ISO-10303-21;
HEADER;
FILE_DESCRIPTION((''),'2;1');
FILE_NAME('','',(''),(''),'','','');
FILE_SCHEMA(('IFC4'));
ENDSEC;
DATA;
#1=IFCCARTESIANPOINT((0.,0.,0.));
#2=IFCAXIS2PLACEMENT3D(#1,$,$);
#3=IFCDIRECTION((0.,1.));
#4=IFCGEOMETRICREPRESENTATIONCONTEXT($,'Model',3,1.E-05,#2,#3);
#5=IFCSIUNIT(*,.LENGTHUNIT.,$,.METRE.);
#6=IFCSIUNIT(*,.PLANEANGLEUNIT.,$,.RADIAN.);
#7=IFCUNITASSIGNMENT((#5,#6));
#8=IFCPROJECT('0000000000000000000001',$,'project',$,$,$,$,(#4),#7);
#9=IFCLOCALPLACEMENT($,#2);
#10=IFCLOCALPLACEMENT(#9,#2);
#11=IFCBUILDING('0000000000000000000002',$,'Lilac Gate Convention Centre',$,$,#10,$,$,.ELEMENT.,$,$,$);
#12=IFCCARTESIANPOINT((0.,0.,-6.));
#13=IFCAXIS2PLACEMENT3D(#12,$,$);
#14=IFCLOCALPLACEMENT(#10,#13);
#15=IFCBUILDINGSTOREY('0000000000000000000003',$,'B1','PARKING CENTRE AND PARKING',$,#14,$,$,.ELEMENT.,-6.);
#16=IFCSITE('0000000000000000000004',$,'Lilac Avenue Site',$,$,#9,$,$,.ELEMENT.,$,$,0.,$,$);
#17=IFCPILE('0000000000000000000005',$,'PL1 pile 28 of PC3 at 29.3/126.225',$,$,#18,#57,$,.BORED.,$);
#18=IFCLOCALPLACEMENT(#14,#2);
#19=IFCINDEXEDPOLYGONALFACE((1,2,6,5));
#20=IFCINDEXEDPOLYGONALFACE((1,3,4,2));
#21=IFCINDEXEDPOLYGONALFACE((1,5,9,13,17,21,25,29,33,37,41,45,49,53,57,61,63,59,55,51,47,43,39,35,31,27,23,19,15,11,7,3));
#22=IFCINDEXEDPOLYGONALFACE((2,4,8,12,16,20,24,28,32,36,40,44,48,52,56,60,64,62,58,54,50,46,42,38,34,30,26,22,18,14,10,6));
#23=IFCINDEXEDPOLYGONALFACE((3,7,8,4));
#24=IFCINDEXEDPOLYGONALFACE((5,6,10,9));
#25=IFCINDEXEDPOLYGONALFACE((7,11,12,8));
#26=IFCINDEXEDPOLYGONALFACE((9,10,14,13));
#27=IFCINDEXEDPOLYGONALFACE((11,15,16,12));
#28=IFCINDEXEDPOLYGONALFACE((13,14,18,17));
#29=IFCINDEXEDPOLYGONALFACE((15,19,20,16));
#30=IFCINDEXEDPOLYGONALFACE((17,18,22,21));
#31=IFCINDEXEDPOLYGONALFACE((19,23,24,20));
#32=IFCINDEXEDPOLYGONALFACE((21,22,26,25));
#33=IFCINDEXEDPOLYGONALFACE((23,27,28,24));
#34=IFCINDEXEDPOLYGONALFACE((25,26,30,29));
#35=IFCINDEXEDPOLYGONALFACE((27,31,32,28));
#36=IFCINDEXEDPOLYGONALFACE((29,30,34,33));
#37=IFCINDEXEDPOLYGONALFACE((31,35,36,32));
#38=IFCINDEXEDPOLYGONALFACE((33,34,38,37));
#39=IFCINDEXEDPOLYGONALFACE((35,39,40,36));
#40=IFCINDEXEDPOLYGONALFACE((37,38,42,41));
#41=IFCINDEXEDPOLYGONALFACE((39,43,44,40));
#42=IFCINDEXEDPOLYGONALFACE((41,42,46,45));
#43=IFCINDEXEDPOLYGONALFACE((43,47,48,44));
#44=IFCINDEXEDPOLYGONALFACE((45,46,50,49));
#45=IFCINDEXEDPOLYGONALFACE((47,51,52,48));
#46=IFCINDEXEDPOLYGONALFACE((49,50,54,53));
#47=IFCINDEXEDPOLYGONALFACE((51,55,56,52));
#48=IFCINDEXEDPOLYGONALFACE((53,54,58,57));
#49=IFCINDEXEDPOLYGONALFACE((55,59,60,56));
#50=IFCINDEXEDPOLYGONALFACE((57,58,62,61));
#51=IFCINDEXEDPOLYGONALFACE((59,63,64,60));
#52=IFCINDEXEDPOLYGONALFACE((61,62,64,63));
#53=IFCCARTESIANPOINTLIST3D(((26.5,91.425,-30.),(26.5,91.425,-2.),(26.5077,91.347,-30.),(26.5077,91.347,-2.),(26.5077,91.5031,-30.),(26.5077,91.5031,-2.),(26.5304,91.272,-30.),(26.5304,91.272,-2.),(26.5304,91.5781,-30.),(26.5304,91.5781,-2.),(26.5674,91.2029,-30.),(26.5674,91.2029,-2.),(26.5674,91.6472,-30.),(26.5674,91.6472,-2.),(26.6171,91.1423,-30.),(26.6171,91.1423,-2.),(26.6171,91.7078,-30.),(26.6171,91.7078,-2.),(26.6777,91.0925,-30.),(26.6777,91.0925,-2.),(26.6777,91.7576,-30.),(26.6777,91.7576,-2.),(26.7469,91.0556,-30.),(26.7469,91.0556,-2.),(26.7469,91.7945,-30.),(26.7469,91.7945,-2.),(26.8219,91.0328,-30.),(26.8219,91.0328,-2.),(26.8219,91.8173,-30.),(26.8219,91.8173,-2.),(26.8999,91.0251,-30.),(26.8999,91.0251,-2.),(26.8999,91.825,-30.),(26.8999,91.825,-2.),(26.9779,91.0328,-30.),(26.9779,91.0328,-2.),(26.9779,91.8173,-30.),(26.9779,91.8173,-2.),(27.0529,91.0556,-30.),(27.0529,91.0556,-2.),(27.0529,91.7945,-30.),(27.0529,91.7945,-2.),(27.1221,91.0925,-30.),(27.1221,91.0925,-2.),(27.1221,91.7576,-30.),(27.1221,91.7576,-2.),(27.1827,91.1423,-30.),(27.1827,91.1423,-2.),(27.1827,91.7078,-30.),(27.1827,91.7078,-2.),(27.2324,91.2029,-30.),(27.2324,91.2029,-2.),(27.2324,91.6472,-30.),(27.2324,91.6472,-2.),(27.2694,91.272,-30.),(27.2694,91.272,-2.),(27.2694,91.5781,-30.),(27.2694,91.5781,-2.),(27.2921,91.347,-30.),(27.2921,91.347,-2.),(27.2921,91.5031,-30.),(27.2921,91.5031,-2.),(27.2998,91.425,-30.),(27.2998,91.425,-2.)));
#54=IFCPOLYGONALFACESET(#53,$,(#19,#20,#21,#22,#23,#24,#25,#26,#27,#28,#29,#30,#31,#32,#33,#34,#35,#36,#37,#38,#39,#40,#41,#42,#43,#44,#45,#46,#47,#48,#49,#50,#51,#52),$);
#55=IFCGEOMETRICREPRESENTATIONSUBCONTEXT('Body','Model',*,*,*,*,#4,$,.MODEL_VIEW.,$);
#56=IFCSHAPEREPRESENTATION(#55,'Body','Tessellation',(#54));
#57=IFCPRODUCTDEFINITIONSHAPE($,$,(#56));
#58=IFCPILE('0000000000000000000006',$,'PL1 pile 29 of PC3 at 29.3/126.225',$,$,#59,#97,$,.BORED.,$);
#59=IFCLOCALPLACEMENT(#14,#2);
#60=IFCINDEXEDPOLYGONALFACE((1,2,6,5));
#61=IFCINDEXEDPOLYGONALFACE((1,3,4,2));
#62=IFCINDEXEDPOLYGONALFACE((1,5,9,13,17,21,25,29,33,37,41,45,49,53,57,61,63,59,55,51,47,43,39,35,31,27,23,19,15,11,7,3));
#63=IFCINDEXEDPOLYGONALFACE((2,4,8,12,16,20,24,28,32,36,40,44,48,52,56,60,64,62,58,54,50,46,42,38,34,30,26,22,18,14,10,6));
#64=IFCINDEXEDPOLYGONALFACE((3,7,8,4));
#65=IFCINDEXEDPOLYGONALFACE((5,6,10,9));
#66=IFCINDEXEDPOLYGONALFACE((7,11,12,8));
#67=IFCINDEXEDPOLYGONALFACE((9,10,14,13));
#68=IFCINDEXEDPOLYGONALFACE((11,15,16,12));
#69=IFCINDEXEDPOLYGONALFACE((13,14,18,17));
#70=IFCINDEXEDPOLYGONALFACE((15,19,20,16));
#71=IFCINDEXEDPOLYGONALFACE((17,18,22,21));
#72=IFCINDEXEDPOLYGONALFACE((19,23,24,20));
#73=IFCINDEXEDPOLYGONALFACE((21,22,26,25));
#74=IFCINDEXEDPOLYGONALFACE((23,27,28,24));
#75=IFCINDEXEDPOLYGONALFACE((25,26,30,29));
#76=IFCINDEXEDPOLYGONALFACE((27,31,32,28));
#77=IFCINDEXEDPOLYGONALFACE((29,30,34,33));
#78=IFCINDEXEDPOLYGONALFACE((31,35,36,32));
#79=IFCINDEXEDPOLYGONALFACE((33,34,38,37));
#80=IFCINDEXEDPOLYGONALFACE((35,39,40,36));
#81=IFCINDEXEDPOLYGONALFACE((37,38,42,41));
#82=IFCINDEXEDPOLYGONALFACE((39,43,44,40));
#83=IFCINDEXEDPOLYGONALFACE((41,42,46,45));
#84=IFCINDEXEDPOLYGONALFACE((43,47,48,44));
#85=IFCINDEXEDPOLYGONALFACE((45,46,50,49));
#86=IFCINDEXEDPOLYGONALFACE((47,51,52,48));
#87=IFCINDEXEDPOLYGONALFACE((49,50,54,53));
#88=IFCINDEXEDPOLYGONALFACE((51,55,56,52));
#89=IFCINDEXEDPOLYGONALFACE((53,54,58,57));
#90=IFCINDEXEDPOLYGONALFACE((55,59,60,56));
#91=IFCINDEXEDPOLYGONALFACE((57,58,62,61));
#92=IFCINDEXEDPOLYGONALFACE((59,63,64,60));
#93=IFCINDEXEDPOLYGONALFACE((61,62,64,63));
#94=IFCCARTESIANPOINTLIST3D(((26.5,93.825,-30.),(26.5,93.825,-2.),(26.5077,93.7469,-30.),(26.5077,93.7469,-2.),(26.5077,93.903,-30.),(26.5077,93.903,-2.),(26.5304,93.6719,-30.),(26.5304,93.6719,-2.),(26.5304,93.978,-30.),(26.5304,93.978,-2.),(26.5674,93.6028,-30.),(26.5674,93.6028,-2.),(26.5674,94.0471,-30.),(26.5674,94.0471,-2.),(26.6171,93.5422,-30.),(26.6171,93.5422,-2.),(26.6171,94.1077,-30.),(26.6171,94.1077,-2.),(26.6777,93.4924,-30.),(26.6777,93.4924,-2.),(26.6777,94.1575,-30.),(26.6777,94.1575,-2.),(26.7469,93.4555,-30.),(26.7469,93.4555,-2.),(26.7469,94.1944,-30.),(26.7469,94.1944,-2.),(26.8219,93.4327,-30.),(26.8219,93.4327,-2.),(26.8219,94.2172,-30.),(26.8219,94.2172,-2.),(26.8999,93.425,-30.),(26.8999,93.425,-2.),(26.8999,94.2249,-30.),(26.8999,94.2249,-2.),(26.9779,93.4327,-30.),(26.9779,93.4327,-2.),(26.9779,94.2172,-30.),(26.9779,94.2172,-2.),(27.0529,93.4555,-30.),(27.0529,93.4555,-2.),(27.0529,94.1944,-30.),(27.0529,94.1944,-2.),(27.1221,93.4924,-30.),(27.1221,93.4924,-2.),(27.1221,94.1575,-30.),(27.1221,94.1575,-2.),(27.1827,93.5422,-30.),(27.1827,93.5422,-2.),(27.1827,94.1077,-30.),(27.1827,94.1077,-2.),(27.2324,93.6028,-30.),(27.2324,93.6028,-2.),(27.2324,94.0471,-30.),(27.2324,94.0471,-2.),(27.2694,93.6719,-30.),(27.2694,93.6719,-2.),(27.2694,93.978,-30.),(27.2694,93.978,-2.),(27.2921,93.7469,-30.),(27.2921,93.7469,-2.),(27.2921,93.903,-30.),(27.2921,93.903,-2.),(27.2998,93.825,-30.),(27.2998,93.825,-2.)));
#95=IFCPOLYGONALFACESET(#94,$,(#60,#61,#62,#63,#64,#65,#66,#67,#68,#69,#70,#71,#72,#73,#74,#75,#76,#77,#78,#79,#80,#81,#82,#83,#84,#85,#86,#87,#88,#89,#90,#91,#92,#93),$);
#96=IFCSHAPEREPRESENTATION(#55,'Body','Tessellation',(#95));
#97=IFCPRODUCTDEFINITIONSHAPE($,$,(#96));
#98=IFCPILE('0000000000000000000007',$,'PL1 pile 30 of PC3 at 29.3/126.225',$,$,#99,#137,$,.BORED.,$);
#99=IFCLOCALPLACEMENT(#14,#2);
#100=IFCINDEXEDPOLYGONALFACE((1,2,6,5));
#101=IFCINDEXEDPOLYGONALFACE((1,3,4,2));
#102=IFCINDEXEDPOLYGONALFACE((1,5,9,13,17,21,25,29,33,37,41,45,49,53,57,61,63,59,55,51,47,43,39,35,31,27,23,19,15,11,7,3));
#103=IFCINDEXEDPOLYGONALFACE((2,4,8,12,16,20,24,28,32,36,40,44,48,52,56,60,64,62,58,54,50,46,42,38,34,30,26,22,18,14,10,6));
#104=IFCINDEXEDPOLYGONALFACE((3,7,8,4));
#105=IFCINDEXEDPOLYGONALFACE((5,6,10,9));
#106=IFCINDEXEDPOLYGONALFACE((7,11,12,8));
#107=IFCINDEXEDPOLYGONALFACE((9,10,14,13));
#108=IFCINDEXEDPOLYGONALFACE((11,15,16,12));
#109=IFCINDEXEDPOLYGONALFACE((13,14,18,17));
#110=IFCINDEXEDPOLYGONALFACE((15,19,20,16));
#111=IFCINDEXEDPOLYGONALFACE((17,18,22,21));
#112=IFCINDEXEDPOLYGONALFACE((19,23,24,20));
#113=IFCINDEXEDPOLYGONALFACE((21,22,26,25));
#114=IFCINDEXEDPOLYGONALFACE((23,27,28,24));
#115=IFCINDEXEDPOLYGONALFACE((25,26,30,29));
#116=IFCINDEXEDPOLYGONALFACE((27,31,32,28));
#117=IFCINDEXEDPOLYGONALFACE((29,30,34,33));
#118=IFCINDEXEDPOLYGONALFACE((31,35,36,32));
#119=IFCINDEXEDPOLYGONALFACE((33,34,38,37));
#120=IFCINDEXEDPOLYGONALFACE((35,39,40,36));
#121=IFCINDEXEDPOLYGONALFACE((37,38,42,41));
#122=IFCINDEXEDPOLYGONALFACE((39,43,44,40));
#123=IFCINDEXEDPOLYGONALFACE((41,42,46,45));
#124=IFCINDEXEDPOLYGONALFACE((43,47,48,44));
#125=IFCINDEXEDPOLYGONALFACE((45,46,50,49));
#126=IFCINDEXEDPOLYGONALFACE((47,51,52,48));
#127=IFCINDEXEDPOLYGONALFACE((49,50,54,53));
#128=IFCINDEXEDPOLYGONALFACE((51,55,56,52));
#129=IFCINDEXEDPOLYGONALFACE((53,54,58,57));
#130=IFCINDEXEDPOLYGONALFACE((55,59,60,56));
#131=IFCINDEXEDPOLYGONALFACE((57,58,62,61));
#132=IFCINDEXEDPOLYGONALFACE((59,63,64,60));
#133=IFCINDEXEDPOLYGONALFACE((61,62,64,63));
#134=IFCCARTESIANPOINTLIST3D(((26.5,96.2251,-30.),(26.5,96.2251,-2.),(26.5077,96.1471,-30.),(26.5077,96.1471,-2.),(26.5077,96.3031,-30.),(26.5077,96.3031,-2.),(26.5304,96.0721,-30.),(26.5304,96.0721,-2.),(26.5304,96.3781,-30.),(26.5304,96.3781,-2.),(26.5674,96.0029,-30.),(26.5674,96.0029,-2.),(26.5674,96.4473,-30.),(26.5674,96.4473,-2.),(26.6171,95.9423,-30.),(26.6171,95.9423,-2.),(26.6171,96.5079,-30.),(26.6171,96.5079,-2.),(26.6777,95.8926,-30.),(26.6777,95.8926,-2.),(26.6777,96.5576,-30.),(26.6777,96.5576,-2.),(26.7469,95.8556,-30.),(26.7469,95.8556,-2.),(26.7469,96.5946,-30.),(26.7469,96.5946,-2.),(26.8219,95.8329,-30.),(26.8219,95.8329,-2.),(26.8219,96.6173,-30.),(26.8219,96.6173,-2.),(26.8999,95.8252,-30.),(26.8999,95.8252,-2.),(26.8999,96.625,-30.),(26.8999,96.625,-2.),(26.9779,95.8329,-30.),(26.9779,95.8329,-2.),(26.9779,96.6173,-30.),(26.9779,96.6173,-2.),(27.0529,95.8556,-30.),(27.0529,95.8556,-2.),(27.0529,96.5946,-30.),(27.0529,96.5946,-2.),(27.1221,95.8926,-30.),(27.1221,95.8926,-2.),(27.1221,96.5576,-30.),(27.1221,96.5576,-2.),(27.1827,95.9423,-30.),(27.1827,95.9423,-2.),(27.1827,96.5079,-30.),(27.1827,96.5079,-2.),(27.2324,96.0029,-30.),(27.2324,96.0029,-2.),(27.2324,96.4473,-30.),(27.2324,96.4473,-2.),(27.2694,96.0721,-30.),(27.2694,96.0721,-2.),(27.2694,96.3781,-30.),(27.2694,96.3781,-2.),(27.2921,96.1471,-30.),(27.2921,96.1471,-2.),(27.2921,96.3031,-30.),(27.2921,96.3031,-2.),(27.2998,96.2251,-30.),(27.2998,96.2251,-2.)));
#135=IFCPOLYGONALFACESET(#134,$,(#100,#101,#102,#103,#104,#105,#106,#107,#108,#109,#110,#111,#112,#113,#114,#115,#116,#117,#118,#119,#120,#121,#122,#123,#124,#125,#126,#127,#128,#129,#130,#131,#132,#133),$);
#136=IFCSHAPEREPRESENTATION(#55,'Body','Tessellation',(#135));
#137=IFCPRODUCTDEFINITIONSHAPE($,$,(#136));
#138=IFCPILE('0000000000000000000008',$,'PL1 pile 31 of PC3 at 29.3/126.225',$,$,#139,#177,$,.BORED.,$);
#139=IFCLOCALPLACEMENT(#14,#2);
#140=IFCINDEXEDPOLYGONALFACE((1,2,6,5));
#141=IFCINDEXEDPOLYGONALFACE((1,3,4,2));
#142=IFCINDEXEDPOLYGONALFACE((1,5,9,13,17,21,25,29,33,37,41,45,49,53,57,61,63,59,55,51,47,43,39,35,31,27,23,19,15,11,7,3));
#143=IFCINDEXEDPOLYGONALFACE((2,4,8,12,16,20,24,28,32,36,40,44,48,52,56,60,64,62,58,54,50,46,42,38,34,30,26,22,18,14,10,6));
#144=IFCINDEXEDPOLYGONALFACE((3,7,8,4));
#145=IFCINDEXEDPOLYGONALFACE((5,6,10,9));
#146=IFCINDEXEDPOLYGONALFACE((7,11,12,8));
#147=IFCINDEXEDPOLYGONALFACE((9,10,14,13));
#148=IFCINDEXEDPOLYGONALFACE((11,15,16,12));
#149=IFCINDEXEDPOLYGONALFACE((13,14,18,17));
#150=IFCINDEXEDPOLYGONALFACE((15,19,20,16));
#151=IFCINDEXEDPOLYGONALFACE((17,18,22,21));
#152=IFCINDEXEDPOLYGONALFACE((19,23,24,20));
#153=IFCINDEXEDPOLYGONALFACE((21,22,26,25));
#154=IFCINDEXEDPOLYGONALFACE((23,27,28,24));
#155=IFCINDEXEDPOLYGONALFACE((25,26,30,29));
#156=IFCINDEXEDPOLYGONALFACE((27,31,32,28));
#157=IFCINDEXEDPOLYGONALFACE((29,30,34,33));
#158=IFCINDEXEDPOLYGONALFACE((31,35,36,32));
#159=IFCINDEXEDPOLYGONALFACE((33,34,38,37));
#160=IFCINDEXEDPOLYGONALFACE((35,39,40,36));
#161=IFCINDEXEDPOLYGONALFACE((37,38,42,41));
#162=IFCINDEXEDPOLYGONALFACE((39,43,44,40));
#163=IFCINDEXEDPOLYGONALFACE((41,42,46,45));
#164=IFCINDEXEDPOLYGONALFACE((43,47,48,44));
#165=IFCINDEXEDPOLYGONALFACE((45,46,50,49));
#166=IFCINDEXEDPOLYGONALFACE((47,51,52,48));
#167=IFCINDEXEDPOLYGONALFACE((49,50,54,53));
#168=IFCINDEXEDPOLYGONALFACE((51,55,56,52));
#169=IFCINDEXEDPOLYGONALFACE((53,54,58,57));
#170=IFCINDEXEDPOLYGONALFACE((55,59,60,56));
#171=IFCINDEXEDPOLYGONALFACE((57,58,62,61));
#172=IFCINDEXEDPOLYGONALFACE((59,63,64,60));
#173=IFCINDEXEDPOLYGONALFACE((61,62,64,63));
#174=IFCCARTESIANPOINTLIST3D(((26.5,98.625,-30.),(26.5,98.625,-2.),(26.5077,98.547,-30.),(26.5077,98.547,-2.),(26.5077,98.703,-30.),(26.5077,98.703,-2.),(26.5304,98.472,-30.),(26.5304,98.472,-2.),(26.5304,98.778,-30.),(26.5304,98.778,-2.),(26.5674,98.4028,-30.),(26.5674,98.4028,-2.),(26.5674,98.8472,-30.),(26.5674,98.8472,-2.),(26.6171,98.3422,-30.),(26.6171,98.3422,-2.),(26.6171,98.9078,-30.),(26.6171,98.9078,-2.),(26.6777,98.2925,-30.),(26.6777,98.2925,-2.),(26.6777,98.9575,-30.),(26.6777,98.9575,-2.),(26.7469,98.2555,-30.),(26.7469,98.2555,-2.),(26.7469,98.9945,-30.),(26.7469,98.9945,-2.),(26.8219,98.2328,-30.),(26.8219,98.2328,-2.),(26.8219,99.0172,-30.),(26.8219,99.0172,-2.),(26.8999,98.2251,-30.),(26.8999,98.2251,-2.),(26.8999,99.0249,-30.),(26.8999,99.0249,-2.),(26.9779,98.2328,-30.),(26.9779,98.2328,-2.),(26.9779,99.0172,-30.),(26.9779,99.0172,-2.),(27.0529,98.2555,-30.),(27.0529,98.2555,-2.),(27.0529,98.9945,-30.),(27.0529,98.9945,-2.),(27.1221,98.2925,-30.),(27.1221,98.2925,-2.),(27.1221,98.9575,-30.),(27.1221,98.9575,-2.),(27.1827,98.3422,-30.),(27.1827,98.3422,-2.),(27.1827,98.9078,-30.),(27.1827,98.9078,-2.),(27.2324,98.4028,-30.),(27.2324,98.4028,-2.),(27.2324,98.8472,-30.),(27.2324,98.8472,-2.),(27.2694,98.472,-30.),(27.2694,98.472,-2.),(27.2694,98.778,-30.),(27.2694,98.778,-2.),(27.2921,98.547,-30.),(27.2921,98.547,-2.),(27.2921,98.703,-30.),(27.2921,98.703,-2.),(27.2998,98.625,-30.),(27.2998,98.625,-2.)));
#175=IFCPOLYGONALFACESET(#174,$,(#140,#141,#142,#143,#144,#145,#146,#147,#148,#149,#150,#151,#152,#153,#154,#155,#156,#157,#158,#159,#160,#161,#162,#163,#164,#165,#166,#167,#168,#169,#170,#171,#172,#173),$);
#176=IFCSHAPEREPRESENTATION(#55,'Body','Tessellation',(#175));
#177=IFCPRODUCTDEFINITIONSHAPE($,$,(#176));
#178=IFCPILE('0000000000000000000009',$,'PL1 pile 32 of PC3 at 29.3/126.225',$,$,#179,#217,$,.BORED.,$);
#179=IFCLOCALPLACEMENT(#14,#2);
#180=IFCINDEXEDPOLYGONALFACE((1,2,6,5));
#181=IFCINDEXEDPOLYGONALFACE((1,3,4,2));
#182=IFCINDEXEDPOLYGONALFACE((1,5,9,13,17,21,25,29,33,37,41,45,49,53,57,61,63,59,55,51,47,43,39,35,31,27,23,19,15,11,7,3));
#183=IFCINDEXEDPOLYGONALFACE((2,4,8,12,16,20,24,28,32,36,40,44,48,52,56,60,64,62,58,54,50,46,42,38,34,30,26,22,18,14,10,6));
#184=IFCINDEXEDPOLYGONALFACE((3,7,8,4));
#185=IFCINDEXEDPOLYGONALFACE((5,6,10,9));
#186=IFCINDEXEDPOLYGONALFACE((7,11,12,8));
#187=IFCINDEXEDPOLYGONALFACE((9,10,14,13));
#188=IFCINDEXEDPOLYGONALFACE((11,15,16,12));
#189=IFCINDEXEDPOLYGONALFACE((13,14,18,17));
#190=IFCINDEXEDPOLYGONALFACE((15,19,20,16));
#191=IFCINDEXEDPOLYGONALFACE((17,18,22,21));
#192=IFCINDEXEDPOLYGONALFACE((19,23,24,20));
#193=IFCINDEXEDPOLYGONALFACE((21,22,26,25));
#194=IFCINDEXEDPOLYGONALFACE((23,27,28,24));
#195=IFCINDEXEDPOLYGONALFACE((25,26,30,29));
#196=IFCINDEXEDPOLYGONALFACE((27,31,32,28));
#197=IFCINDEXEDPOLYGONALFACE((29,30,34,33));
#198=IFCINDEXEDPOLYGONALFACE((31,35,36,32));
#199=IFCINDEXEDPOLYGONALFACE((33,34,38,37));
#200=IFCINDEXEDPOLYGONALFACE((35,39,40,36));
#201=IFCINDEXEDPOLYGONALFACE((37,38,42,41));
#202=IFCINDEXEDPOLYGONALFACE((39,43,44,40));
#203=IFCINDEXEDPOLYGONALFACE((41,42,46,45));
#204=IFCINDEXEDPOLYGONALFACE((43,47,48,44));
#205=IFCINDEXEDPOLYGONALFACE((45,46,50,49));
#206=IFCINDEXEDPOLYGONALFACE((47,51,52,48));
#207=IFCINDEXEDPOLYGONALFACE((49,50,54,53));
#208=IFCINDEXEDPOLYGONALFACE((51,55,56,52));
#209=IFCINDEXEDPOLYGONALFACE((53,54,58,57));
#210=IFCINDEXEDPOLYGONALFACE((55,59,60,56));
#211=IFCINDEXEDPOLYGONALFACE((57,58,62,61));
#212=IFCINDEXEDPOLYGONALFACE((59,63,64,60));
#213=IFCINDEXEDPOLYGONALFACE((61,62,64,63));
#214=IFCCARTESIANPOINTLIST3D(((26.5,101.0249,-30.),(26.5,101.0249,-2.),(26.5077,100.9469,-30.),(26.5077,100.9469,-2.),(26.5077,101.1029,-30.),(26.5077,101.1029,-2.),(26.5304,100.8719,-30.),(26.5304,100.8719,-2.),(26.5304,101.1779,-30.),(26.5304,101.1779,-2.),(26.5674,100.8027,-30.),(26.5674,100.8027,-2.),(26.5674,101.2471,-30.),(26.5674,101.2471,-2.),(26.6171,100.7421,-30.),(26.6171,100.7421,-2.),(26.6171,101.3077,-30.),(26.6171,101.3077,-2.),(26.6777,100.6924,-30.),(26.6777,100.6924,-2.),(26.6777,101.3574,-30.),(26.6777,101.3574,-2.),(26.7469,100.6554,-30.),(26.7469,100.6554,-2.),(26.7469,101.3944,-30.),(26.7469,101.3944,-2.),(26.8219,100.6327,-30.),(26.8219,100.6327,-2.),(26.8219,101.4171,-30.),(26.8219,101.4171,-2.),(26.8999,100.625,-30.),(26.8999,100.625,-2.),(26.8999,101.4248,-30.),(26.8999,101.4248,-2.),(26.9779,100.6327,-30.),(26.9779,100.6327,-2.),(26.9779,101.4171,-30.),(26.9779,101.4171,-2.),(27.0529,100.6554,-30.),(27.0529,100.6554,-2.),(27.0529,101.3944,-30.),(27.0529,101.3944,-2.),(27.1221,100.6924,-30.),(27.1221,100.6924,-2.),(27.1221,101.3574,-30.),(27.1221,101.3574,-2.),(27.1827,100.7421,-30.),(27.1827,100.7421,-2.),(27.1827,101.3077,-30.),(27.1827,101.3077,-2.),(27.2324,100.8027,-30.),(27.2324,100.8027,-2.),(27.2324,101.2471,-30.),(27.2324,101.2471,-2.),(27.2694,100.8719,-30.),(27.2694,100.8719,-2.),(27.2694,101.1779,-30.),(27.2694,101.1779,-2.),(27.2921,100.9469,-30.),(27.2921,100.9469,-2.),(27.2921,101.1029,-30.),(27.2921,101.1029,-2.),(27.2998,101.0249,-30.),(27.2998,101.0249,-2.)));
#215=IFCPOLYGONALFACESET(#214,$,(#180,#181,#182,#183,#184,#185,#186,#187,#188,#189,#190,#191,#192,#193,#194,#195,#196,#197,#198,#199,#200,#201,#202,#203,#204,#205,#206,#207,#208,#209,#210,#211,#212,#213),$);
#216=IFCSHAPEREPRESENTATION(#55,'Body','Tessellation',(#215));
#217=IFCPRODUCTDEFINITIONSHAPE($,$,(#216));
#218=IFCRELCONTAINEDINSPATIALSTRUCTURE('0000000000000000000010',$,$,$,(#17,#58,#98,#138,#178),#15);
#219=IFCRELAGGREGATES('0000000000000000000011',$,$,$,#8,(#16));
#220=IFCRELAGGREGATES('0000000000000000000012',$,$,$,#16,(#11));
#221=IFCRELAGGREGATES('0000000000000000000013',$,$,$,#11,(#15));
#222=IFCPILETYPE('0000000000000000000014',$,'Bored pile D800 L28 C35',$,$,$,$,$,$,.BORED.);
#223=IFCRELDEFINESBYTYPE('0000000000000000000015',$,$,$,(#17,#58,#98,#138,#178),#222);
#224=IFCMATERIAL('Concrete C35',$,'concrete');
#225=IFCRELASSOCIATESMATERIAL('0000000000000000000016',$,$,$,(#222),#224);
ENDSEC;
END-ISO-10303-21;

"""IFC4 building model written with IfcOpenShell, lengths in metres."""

from ifc_helpers import new_model, si_unit, direction, frame, origin, origin_2d, place, context, subcontext, project, spatial, circle, extrude, material, material_profile, profile_set, type_object, element, save


model = new_model("IFC4")

# Units and contexts
model_context = context("Model", 3, precision=1e-05, world=origin(), true_north=direction((0.0, 1.0)))
body_context = subcontext(model_context, "Body", "Model", "MODEL_VIEW")
ifc_project = project(units=[si_unit("LENGTHUNIT", "METRE"), si_unit("PLANEANGLEUNIT", "RADIAN")], contexts=[model_context])

# Site, building, storey
site_placement = place(None, origin())
site = spatial("IfcSite", under=ifc_project, at=site_placement, Name="Lilac Avenue Site", CompositionType="ELEMENT", RefElevation=0.0)
building_placement = place(site_placement, origin())
building = spatial("IfcBuilding", under=site, at=building_placement, Name="Lilac Gate Convention Centre", CompositionType="ELEMENT")
storey_placement = place(building_placement, frame((0.0, 0.0, -6.0)))
storey = spatial("IfcBuildingStorey", under=building, at=storey_placement, Name="B1", Description="PARKING CENTRE AND PARKING", CompositionType="ELEMENT", Elevation=-6.0)

# Piles
ifc_material_1 = material(Name="Concrete C35", Category="concrete")
ifc_material_profile_1 = material_profile(ifc_material_1, circle(Radius=0.3999, at=origin_2d()), Name="D800")
ifc_profile_set_1 = profile_set([ifc_material_profile_1], Name="Concrete C35")
pile_type = type_object("IfcPileType", Name="Bored pile D800 L28 C35", PredefinedType="BORED", material=ifc_profile_set_1)
for number, where, z_axis, x_axis, name in (
    (1, (26.8999, 91.425, -2.0), (0.0, 0.0, -1.0), (1.0, 0.0, 0.0), "PL1 pile 28 of PC3 at 29.3/126.225"),
    (2, (26.8999, 93.825, -2.0), (0.0, 0.0, -1.0), (1.0, 0.0, 0.0), "PL1 pile 29 of PC3 at 29.3/126.225"),
    (3, (26.8999, 96.2251, -2.0), (0.0, 0.0, -1.0), (1.0, 0.0, 0.0), "PL1 pile 30 of PC3 at 29.3/126.225"),
    (4, (26.8999, 98.625, -2.0), (0.0, 0.0, -1.0), (1.0, 0.0, 0.0), "PL1 pile 31 of PC3 at 29.3/126.225"),
    (5, (26.8999, 101.0249, -2.0), (0.0, 0.0, -1.0), (1.0, 0.0, 0.0), "PL1 pile 32 of PC3 at 29.3/126.225"),
):
    element("IfcPile", number, at=place(storey_placement, frame(where, z_axis=z_axis, x_axis=x_axis)), inside=storey, type_object=pile_type, Name=name, PredefinedType="BORED", context=body_context, shape_type="SweptSolid", body=[
        extrude(circle(Radius=0.3999, at=origin_2d()), origin(), (0.0, 0.0, 1.0), 28.0),
    ])

save(model, "model.ifc")
